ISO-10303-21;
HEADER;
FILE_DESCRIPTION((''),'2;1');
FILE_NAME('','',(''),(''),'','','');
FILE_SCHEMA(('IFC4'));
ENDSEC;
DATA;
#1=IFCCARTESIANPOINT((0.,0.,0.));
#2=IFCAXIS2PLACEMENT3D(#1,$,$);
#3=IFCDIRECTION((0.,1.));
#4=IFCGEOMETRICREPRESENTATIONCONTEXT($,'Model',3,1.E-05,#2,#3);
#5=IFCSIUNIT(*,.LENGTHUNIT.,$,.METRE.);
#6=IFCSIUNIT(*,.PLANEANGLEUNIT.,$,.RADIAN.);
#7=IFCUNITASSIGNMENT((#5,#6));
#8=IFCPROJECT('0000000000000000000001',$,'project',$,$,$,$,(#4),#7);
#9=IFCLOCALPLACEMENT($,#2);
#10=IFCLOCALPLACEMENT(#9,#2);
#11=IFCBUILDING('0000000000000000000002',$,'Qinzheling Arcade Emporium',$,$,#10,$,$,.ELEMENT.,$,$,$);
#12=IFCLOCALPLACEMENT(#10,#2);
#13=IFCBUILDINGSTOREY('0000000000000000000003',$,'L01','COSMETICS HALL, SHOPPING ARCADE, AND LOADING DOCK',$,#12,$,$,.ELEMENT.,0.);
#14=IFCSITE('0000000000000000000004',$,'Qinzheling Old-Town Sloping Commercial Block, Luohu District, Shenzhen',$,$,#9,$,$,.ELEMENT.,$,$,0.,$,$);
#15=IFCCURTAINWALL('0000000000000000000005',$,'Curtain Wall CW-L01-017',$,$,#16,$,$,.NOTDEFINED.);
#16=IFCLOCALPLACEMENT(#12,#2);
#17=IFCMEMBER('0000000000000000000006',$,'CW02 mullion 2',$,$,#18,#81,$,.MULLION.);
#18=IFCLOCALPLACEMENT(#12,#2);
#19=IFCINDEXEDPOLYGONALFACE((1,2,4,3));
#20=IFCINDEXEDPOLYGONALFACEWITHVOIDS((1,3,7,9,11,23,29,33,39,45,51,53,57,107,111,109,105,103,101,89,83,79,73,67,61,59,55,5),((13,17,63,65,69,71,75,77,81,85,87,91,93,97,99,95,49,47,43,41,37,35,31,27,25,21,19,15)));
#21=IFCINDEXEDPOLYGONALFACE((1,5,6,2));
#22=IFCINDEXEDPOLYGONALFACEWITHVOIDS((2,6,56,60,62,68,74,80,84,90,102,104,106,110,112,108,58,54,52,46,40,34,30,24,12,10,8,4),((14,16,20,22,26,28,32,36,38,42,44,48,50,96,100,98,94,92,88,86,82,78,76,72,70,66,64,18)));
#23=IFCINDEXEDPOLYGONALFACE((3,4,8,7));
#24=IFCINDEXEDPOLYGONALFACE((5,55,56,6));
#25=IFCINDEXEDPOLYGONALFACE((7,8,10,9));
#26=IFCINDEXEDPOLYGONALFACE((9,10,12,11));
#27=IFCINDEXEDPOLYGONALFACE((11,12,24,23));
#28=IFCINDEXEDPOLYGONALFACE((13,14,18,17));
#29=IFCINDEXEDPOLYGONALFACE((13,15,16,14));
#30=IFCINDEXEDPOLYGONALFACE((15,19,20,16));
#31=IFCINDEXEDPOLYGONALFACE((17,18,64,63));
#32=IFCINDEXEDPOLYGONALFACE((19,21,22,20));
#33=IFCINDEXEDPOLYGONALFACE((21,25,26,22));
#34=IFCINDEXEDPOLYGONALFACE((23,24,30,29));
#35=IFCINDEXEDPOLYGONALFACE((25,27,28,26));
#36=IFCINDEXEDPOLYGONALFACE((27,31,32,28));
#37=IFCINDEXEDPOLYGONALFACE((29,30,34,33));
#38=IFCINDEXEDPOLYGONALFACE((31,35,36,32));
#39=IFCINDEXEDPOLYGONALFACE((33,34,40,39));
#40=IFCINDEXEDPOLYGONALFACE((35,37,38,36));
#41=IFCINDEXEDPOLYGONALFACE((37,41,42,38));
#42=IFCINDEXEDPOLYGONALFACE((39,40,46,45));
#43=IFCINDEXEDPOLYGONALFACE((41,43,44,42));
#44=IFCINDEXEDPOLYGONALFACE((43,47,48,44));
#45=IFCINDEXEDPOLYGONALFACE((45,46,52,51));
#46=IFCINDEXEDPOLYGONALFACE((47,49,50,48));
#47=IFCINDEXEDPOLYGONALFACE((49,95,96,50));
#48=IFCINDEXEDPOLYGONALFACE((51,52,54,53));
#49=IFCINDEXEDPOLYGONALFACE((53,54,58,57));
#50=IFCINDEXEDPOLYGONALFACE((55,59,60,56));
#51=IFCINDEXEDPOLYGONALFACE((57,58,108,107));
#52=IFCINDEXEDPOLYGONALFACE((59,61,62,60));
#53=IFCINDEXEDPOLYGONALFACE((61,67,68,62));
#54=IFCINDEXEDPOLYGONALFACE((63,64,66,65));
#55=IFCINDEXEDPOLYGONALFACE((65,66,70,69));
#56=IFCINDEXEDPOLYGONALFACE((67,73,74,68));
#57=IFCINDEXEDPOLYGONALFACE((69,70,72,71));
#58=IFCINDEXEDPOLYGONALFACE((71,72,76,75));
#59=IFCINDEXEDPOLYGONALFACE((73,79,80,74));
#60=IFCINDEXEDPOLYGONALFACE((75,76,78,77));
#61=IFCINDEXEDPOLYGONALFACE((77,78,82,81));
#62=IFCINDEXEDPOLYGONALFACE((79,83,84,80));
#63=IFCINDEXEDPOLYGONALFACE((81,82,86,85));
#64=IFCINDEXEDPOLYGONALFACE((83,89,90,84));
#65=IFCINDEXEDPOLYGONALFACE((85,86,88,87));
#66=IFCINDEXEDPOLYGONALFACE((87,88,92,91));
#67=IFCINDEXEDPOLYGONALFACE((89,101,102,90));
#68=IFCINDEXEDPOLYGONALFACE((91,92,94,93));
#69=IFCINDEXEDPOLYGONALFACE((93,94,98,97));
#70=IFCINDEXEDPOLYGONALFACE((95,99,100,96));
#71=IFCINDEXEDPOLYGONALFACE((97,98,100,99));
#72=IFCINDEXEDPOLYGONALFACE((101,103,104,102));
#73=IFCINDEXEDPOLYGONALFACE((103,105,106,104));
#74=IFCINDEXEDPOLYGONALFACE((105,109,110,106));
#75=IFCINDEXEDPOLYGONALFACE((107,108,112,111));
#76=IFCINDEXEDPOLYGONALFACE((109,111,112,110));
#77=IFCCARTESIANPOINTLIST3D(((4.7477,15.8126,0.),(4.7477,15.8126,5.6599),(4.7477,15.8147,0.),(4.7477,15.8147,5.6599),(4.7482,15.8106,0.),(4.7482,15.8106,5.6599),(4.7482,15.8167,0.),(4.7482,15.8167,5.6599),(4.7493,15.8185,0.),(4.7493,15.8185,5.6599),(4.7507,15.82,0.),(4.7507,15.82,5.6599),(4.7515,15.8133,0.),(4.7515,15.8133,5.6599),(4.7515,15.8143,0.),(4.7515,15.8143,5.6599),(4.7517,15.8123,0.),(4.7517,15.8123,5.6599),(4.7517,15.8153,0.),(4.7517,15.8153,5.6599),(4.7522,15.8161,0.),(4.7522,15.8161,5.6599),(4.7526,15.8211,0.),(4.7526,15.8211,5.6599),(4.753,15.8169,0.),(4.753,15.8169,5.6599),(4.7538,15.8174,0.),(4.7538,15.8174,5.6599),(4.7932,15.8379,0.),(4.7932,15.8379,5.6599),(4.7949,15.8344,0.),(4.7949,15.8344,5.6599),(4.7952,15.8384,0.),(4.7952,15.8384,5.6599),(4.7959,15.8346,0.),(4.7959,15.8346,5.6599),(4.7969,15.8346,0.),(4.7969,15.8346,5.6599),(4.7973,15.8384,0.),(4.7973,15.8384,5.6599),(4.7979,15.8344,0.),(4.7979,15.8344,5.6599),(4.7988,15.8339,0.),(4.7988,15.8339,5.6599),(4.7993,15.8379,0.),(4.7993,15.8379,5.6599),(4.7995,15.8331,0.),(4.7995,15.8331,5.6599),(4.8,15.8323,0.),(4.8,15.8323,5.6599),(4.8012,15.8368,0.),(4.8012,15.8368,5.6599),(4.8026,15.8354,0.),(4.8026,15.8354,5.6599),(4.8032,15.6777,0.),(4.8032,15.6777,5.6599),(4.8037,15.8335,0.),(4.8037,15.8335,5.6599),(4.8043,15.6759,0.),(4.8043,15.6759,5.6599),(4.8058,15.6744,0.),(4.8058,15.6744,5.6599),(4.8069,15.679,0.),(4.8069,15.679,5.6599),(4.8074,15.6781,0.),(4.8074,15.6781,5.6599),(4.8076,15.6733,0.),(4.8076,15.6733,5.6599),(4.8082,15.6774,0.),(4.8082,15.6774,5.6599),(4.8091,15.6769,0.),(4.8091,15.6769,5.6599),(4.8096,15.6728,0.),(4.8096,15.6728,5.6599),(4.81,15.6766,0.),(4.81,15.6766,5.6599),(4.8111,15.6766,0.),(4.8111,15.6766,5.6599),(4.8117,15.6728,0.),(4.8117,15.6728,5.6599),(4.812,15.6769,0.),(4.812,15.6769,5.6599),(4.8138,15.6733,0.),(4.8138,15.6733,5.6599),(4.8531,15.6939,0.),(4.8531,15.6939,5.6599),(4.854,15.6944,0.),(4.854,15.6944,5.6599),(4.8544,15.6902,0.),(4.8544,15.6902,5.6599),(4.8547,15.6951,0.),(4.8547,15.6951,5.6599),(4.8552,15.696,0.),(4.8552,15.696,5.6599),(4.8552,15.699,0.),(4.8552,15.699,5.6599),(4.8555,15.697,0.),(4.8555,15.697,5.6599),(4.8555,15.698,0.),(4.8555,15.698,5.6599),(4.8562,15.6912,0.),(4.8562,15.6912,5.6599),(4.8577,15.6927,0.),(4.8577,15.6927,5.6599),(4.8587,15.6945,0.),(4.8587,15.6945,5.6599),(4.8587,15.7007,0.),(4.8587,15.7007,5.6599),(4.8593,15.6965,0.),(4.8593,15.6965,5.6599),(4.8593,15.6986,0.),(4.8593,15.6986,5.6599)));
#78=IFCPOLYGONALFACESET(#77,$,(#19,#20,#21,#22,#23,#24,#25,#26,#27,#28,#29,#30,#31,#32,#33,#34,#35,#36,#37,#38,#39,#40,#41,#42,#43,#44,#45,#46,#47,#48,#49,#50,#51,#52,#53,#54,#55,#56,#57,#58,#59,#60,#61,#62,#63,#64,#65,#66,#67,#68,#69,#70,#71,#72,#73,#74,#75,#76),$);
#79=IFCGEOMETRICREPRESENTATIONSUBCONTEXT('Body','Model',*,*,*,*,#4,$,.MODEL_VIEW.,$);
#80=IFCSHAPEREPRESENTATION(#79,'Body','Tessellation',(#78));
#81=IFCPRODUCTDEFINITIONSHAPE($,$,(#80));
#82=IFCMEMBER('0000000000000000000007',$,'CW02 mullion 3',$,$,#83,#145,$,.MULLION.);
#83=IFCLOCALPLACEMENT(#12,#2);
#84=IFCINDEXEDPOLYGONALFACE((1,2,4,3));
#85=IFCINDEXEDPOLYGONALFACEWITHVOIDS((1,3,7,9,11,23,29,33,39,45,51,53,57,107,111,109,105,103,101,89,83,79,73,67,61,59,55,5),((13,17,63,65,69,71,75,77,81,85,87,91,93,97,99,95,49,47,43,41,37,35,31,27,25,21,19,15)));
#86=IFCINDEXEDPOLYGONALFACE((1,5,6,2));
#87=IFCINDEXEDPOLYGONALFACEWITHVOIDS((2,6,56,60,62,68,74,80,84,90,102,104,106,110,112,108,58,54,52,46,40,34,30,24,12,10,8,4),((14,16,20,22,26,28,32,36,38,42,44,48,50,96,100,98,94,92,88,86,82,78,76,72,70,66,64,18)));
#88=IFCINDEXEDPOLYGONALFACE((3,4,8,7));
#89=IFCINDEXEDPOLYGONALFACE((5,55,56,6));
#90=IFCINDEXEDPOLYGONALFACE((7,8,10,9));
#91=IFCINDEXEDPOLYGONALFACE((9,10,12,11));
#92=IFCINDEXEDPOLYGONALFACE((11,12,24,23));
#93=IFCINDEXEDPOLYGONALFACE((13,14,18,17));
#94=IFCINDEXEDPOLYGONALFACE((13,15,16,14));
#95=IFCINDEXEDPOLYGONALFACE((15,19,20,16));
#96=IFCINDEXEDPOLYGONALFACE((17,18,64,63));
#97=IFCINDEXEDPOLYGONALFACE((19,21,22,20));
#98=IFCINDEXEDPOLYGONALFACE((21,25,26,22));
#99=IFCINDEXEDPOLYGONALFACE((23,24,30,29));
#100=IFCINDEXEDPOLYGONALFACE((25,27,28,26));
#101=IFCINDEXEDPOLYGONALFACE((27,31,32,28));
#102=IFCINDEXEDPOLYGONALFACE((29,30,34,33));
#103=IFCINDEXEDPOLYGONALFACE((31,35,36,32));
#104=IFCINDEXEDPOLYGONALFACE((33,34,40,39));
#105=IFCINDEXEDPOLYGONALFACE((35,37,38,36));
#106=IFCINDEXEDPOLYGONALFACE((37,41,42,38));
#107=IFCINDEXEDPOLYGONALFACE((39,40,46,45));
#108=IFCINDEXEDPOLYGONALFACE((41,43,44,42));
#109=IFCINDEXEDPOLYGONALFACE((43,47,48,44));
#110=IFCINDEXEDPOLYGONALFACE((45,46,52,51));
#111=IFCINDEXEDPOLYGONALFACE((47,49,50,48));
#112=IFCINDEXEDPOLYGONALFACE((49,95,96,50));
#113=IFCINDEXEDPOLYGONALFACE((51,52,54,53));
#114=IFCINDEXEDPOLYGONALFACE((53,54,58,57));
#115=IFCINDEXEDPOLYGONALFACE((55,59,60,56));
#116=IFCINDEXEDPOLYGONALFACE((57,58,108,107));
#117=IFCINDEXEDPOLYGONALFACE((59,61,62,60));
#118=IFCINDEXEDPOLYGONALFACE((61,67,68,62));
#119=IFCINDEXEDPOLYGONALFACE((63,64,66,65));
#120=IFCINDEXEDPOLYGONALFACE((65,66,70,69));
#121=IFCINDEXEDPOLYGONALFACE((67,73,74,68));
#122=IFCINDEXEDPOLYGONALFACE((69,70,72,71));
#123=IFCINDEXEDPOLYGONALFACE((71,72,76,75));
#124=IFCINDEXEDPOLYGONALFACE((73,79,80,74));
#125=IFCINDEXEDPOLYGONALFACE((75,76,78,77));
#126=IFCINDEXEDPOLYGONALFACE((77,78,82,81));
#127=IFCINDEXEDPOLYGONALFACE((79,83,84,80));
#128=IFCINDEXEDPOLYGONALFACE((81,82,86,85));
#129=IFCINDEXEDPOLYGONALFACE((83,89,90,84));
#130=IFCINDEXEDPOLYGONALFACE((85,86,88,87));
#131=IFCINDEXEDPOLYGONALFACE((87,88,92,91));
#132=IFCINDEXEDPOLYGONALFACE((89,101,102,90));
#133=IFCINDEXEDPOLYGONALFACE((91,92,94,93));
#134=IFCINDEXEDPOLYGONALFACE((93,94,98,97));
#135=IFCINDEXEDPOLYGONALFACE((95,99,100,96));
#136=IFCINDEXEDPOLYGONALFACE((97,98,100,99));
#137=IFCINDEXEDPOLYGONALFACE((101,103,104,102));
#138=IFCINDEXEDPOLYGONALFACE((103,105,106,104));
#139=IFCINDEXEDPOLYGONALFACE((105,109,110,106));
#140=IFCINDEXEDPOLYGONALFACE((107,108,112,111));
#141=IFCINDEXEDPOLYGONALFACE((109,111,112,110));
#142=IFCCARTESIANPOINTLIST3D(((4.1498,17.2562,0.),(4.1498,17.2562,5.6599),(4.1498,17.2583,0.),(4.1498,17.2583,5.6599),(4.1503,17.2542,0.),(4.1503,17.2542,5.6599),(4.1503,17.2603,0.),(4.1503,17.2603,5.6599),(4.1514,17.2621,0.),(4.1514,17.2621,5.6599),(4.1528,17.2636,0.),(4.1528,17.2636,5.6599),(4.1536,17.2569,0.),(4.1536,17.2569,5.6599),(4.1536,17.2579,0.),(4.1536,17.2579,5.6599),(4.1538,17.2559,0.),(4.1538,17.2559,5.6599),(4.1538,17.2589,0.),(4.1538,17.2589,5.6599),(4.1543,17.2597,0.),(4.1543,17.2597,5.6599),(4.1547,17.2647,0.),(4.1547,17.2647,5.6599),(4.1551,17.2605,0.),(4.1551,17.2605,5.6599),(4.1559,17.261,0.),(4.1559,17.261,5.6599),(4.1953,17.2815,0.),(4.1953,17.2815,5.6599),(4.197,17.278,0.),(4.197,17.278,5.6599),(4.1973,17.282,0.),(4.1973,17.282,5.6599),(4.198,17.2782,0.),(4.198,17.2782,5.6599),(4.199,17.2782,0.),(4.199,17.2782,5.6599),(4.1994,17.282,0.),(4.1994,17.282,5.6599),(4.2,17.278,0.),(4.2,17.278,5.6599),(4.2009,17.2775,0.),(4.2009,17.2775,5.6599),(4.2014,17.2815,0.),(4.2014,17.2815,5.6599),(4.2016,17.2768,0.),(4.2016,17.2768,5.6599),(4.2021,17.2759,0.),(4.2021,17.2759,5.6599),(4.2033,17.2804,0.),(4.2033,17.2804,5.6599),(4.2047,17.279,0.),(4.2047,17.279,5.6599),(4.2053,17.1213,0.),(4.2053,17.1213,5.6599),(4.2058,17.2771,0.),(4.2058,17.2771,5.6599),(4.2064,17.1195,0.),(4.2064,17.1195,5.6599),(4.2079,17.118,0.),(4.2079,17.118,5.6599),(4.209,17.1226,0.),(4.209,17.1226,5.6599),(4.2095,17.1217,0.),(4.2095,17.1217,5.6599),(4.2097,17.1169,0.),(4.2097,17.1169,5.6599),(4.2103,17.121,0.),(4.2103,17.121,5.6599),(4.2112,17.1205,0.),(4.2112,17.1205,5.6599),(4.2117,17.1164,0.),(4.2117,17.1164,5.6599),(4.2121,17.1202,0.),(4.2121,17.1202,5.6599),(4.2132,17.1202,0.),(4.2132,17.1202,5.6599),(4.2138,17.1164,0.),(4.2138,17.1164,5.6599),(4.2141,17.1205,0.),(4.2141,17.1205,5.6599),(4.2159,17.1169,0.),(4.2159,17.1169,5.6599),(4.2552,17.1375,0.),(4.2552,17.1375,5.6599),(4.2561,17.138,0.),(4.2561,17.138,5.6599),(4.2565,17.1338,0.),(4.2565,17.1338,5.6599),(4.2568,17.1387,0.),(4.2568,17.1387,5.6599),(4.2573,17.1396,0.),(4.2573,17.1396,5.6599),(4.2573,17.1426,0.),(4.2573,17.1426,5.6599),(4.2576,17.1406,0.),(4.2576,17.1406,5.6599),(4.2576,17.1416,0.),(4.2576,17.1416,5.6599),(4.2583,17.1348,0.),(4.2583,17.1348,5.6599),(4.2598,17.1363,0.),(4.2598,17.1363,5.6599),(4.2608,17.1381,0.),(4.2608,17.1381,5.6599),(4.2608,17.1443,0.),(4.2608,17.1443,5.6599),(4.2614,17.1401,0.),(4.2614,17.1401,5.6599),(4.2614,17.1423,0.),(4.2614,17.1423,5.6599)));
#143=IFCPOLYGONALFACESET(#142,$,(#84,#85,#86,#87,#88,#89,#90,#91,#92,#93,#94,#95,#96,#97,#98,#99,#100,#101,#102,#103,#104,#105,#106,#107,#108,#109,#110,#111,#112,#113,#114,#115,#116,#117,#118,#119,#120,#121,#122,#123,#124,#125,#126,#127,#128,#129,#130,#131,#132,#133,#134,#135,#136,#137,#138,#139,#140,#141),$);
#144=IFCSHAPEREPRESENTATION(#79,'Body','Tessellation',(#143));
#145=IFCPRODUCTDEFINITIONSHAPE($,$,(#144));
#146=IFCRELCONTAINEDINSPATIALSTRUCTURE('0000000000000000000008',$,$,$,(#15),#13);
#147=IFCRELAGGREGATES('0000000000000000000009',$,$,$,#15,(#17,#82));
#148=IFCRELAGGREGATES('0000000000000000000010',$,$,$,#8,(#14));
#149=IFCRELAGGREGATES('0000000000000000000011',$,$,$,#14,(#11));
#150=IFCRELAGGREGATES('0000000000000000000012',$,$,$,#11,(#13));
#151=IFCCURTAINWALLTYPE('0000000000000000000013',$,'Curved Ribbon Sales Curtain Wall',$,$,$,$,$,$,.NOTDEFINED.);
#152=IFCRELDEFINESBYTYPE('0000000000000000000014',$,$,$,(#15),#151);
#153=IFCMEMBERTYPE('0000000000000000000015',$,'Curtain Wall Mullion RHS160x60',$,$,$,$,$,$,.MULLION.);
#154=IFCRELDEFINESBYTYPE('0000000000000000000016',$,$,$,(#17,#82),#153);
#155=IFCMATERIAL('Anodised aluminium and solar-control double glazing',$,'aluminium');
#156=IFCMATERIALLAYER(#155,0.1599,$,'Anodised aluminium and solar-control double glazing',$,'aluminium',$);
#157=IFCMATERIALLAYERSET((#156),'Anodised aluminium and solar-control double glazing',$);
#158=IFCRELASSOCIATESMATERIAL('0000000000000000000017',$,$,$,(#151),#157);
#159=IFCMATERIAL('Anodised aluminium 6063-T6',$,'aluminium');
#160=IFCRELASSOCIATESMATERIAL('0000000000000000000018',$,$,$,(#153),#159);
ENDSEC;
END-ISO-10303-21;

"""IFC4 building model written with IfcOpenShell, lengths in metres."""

from ifc_helpers import new_model, si_unit, direction, frame, origin, origin_2d, place, context, subcontext, project, spatial, hollow_rectangle, extrude, material, layer, layer_set, material_profile, profile_set, type_object, element, aggregate, save


model = new_model("IFC4")

# Units and contexts
model_context = context("Model", 3, precision=1e-05, world=origin(), true_north=direction((0.0, 1.0)))
body_context = subcontext(model_context, "Body", "Model", "MODEL_VIEW")
ifc_project = project(units=[si_unit("LENGTHUNIT", "METRE"), si_unit("PLANEANGLEUNIT", "RADIAN")], contexts=[model_context])

# Site, building, storey
site_placement = place(None, origin())
site = spatial("IfcSite", under=ifc_project, at=site_placement, Name="Qinzheling Old-Town Sloping Commercial Block, Luohu District, Shenzhen", CompositionType="ELEMENT", RefElevation=0.0)
building_placement = place(site_placement, origin())
building = spatial("IfcBuilding", under=site, at=building_placement, Name="Qinzheling Arcade Emporium", CompositionType="ELEMENT")
storey_placement = place(building_placement, origin())
storey = spatial("IfcBuildingStorey", under=building, at=storey_placement, Name="L01", Description="COSMETICS HALL, SHOPPING ARCADE, AND LOADING DOCK", CompositionType="ELEMENT", Elevation=0.0)

# Curtain wall, members
ifc_material_1 = material(Name="Anodised aluminium and solar-control double glazing", Category="aluminium")
ifc_layer_1 = layer(ifc_material_1, 0.1599, Name="Anodised aluminium and solar-control double glazing", Category="aluminium")
ifc_layer_set_1 = layer_set([ifc_layer_1], Name="Anodised aluminium and solar-control double glazing")
curtain_wall_type = type_object("IfcCurtainWallType", Name="Curved Ribbon Sales Curtain Wall", PredefinedType="NOTDEFINED", material=ifc_layer_set_1)
curtain_wall_1_placement = place(storey_placement, origin())
curtain_wall_1 = element("IfcCurtainWall", 1, at=curtain_wall_1_placement, inside=storey, type_object=curtain_wall_type, Name="Curtain Wall CW-L01-017", PredefinedType="NOTDEFINED")
ifc_material_2 = material(Name="Anodised aluminium 6063-T6", Category="aluminium")
ifc_material_profile_1 = material_profile(ifc_material_2, hollow_rectangle(XDim=0.0601, YDim=0.1599, WallThickness=0.0039, InnerFilletRadius=0.0039, OuterFilletRadius=0.0081, at=origin_2d()), Name="RHS 160x60x4", Category="aluminium")
ifc_profile_set_1 = profile_set([ifc_material_profile_1], Name="Anodised aluminium 6063-T6")
member_type_1 = type_object("IfcMemberType", Name="Curtain Wall Mullion RHS160x60", PredefinedType="MULLION", material=ifc_profile_set_1)
member_1_placement = place(storey_placement, frame((4.8035, 15.7556, 0.0), z_axis=(0.0, 0.0, 1.0), x_axis=(-0.923883, -0.382675, 0.0)))
member_1 = element("IfcMember", 2, at=member_1_placement, type_object=member_type_1, Name="CW02 mullion 2", PredefinedType="MULLION", context=body_context, shape_type="SweptSolid", body=[
    extrude(hollow_rectangle(XDim=0.0601, YDim=0.1599, WallThickness=0.0039, InnerFilletRadius=0.0039, OuterFilletRadius=0.0081, at=origin_2d()), origin(), (0.0, 0.0, 1.0), 5.6599),
])
member_2_placement = place(storey_placement, frame((4.2056, 17.1992, 0.0), z_axis=(0.0, 0.0, 1.0), x_axis=(-0.923883, -0.382675, 0.0)))
member_2 = element("IfcMember", 3, at=member_2_placement, type_object=member_type_1, Name="CW02 mullion 3", PredefinedType="MULLION", context=body_context, shape_type="SweptSolid", body=[
    extrude(hollow_rectangle(XDim=0.0601, YDim=0.1599, WallThickness=0.0039, InnerFilletRadius=0.0039, OuterFilletRadius=0.0081, at=origin_2d()), origin(), (0.0, 0.0, 1.0), 5.6599),
])

aggregate(curtain_wall_1, [member_1, member_2])

save(model, "model.ifc")
